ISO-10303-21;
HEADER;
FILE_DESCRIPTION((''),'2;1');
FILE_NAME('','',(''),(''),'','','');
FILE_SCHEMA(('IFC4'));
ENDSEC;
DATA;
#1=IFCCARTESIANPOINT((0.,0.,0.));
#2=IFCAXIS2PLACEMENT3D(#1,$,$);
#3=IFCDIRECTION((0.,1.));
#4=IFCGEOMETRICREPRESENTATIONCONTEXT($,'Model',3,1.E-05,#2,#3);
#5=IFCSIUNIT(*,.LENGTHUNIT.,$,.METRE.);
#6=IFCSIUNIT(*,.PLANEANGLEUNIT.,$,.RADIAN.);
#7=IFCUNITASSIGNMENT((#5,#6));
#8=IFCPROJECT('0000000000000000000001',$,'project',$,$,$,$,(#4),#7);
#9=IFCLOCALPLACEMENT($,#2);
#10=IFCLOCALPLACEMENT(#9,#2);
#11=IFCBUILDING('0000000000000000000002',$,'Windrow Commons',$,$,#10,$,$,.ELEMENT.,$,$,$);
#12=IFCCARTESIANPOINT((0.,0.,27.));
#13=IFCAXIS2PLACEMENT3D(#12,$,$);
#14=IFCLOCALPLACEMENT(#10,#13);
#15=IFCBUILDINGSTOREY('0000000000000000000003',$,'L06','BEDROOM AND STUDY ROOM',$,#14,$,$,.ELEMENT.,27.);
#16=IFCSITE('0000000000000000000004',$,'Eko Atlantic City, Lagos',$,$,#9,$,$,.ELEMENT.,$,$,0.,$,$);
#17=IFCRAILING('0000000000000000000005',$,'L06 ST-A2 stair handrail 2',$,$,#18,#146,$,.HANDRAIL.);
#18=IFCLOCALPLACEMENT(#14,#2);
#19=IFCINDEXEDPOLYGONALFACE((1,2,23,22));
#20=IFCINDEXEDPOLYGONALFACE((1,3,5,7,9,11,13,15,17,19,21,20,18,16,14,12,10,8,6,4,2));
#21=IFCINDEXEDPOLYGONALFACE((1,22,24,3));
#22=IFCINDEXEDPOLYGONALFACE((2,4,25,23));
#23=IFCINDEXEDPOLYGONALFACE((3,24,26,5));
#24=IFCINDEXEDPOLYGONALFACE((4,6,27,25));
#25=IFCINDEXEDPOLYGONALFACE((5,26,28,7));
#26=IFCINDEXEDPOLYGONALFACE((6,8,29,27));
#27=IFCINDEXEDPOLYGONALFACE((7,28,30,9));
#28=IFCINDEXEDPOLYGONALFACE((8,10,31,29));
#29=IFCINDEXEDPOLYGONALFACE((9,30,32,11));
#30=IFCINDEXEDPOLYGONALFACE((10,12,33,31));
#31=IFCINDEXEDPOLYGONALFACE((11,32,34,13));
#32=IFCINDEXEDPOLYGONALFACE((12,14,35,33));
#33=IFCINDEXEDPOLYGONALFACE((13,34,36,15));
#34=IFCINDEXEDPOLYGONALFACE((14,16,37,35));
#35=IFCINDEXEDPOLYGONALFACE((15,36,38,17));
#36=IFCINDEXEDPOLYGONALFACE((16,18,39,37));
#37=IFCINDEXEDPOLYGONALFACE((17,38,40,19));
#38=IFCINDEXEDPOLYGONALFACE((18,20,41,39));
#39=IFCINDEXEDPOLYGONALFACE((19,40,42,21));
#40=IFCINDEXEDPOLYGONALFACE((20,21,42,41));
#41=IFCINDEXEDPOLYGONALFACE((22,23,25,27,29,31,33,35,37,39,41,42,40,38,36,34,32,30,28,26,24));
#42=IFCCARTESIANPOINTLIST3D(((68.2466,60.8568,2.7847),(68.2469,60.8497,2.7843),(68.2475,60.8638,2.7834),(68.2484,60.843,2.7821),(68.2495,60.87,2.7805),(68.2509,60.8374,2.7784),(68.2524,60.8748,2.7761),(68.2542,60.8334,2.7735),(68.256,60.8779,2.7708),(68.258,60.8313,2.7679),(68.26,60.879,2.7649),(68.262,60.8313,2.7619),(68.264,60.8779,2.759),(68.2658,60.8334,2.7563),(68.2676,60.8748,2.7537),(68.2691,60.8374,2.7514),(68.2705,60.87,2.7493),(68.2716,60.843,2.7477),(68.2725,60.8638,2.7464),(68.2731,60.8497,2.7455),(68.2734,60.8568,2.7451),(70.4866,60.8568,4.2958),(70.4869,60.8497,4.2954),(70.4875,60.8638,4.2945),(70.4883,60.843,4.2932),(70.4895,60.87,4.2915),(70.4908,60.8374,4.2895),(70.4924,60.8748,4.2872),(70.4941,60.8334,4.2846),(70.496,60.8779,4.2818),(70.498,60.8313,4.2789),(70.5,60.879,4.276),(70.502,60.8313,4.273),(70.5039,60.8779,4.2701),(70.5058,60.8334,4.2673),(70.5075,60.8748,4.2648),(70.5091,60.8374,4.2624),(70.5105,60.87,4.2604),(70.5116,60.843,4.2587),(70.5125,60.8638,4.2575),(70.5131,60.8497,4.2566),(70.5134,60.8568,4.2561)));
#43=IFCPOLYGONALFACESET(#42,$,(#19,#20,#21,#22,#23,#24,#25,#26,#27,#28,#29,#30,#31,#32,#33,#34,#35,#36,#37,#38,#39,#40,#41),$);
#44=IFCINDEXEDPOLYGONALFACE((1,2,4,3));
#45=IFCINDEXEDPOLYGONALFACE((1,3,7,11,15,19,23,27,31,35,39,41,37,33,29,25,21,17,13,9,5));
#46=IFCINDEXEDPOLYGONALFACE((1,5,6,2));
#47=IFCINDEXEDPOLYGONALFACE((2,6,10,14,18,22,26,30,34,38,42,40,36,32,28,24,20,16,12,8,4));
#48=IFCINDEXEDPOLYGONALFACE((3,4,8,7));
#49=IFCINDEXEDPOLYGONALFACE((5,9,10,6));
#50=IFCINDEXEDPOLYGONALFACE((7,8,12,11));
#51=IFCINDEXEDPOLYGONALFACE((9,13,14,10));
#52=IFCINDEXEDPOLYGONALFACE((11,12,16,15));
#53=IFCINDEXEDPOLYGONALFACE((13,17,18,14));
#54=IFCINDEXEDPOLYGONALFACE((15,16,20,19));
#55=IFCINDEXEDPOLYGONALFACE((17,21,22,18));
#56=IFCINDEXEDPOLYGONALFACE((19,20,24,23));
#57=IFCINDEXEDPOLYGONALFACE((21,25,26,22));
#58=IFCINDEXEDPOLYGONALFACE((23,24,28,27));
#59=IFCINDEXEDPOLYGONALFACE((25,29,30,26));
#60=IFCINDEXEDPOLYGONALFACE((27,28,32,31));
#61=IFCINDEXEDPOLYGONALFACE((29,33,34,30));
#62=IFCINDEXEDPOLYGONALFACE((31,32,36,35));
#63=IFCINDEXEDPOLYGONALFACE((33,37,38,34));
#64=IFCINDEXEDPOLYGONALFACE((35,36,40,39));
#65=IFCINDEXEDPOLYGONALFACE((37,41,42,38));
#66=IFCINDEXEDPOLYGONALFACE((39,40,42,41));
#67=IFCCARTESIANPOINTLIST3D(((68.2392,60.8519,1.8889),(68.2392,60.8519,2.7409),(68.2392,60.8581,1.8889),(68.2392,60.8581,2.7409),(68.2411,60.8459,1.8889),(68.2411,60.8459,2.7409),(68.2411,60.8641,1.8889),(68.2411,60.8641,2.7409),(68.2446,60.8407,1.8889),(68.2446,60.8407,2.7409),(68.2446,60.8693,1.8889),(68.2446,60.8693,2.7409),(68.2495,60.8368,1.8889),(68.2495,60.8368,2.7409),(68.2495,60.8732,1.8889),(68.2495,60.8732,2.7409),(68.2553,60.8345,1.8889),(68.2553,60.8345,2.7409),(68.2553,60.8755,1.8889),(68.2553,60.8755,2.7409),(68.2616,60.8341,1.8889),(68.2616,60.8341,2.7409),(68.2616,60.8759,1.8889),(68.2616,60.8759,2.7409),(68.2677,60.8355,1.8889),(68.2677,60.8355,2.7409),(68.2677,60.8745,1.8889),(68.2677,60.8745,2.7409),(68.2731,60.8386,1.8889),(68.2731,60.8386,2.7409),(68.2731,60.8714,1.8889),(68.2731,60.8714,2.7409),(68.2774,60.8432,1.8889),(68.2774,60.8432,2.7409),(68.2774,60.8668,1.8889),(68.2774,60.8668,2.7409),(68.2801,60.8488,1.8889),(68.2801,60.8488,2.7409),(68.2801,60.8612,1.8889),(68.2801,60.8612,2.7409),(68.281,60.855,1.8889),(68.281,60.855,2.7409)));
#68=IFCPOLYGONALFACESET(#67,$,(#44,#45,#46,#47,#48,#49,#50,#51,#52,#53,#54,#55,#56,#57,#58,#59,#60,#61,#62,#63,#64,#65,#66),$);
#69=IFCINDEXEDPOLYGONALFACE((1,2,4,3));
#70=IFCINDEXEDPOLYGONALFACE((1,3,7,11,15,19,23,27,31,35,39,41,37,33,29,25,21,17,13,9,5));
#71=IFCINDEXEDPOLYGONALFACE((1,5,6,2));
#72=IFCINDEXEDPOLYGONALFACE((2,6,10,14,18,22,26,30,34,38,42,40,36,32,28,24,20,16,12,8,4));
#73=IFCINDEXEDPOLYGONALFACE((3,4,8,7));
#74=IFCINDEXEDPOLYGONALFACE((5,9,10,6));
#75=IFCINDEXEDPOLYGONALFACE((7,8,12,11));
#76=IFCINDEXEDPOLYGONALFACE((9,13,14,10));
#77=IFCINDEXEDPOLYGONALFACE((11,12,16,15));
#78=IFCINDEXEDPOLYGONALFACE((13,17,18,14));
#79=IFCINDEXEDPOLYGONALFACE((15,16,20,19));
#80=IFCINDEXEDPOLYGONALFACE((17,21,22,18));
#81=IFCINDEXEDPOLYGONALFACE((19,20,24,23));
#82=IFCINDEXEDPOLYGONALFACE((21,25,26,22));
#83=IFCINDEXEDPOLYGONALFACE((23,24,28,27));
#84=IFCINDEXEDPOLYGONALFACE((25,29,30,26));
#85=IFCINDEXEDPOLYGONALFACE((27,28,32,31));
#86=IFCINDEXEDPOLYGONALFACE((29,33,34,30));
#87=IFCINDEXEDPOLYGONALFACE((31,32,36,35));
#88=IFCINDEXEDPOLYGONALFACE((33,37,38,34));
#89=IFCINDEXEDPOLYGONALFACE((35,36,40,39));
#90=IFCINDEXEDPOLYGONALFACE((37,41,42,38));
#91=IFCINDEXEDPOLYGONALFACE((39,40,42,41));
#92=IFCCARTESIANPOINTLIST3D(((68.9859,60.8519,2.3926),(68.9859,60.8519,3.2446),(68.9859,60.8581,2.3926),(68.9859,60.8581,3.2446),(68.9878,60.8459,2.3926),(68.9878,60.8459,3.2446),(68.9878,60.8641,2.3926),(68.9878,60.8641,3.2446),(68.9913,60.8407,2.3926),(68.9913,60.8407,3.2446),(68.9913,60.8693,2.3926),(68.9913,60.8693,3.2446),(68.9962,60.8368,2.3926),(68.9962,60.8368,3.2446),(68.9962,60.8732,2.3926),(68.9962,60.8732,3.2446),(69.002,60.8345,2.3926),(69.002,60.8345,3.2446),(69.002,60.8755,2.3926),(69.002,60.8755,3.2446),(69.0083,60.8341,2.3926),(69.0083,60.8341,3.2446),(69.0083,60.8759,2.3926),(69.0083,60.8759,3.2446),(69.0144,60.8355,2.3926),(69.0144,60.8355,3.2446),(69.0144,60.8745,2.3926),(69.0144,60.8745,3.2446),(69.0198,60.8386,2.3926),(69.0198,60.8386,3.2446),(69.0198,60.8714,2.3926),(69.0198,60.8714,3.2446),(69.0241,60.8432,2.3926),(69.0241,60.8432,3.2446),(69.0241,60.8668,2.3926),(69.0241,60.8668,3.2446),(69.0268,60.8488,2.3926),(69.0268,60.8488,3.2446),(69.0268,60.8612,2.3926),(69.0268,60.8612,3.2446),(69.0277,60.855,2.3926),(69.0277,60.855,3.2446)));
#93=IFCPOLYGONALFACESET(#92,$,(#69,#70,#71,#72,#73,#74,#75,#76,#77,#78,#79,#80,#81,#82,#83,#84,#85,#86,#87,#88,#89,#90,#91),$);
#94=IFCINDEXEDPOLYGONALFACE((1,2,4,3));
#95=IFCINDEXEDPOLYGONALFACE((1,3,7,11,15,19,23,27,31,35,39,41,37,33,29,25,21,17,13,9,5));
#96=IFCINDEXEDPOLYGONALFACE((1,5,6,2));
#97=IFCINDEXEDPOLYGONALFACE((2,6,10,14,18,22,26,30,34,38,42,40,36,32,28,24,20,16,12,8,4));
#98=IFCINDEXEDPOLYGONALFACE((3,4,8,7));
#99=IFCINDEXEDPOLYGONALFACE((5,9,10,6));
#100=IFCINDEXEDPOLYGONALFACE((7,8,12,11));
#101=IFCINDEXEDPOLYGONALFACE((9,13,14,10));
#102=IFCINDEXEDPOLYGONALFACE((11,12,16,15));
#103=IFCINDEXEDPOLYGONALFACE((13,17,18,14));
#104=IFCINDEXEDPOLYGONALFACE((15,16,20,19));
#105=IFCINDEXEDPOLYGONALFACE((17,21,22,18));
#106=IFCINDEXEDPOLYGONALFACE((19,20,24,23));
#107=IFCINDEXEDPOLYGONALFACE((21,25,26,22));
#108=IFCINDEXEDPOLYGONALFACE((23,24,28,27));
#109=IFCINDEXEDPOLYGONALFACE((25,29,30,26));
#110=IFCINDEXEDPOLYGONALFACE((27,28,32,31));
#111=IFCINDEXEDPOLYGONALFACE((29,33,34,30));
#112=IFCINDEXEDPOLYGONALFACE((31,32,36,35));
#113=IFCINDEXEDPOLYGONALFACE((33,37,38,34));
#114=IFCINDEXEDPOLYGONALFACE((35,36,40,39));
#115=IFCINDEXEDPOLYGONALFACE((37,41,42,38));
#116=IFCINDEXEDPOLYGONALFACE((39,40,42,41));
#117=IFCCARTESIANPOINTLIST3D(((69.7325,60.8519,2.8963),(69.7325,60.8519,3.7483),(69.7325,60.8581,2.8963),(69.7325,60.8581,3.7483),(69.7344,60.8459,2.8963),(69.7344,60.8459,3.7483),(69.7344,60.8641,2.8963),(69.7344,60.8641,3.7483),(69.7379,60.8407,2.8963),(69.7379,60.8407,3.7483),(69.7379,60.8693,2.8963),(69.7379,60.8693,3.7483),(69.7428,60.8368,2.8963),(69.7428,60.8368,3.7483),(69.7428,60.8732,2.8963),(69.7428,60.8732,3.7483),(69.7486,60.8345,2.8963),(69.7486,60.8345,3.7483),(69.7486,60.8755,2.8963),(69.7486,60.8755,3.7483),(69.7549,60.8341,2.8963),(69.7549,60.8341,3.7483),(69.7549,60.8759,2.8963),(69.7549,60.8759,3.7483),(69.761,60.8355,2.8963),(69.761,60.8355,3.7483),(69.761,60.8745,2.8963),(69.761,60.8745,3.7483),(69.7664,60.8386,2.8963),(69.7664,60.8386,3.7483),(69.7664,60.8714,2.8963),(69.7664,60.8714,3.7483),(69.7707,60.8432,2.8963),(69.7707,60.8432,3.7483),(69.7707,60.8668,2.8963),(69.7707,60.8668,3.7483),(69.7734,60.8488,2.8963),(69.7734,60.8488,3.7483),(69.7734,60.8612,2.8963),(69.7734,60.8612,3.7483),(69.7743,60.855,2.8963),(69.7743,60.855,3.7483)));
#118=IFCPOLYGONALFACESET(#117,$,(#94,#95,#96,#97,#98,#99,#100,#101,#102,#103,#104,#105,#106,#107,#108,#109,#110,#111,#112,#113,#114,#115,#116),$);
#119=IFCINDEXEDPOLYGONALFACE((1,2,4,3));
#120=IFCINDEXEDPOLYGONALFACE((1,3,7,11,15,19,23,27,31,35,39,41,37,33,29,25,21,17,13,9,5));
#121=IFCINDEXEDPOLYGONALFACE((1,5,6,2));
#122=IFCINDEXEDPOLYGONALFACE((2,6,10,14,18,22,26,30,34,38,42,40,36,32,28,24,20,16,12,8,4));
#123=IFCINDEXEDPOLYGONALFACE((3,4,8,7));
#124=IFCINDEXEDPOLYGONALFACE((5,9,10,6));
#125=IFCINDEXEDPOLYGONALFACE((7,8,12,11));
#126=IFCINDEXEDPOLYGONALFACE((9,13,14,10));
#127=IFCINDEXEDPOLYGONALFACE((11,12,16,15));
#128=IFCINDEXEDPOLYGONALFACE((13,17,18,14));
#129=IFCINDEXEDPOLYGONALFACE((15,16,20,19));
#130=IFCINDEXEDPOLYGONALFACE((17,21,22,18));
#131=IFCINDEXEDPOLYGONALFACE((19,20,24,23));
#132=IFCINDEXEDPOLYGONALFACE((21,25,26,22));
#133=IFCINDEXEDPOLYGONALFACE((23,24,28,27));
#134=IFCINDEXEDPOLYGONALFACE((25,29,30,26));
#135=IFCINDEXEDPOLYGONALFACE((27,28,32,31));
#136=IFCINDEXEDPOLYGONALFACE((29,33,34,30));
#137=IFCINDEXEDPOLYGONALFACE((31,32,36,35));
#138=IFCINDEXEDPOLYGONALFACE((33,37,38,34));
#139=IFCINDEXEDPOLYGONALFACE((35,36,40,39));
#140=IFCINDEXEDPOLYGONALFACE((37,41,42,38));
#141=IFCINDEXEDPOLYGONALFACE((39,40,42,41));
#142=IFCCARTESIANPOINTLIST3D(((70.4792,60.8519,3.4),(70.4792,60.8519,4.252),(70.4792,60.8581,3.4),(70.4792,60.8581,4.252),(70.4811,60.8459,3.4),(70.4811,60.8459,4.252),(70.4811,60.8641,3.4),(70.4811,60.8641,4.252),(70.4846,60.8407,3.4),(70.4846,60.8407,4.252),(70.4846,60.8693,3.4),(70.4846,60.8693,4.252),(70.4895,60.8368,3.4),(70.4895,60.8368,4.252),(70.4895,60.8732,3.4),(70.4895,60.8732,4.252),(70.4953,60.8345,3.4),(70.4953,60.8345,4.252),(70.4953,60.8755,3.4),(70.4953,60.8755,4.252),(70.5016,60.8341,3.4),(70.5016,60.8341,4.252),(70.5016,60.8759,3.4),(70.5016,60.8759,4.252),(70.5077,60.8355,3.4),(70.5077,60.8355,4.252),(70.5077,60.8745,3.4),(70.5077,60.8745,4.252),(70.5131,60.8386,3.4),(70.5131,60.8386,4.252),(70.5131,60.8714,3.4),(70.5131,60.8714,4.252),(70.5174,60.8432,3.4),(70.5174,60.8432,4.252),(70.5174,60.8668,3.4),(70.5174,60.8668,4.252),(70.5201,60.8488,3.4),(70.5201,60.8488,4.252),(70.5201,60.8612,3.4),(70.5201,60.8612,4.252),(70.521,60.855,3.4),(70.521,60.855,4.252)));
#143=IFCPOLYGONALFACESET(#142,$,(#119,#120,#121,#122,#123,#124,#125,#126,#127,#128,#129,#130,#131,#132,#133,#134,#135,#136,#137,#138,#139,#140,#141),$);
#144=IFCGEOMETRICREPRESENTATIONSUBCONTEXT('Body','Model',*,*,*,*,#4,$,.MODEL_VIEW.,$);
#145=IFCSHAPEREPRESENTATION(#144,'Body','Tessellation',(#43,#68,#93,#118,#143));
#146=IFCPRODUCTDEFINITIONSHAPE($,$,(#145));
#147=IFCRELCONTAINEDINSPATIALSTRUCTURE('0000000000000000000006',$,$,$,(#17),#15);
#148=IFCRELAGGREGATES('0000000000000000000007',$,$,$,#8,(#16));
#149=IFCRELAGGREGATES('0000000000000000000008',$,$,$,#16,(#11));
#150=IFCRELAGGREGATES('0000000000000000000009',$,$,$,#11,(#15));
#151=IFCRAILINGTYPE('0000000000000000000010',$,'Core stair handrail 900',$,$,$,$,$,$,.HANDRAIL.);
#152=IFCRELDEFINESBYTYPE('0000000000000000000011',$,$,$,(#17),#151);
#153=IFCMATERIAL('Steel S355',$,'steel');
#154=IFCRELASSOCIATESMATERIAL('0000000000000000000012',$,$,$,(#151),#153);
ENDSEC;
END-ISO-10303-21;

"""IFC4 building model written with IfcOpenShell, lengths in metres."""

from ifc_helpers import new_model, si_unit, direction, frame, origin, origin_2d, place, context, subcontext, project, spatial, circle, extrude, material, type_object, element, save


model = new_model("IFC4")

# Units and contexts
model_context = context("Model", 3, precision=1e-05, world=origin(), true_north=direction((0.0, 1.0)))
body_context = subcontext(model_context, "Body", "Model", "MODEL_VIEW")
ifc_project = project(units=[si_unit("LENGTHUNIT", "METRE"), si_unit("PLANEANGLEUNIT", "RADIAN")], contexts=[model_context])

# Site, building, storey
site_placement = place(None, origin())
site = spatial("IfcSite", under=ifc_project, at=site_placement, Name="Eko Atlantic City, Lagos", CompositionType="ELEMENT", RefElevation=0.0)
building_placement = place(site_placement, origin())
building = spatial("IfcBuilding", under=site, at=building_placement, Name="Windrow Commons", CompositionType="ELEMENT")
storey_placement = place(building_placement, frame((0.0, 0.0, 27.0)))
storey = spatial("IfcBuildingStorey", under=building, at=storey_placement, Name="L06", Description="BEDROOM AND STUDY ROOM", CompositionType="ELEMENT", Elevation=27.0)

# Railing
ifc_material_1 = material(Name="Steel S355", Category="steel")
railing_type_1 = type_object("IfcRailingType", Name="Core stair handrail 900", PredefinedType="HANDRAIL", material=ifc_material_1)
railing_1_placement = place(storey_placement, frame((68.26, 60.855, 1.8889)))
element("IfcRailing", 1, at=railing_1_placement, inside=storey, type_object=railing_type_1, Name="L06 ST-A2 stair handrail 2", PredefinedType="HANDRAIL", context=body_context, shape_type="SweptSolid", body=[
    extrude(circle(Radius=0.024, at=origin_2d()), frame((0.0, 0.0, 0.876), z_axis=(0.829003, 0.0, 0.559244), x_axis=(0.0, 1.0, 0.0)), (0.0, 0.0, 1.0), 2.702),
    extrude(circle(Radius=0.021, at=origin_2d()), origin(), (0.0, 0.0, 1.0), 0.852),
    extrude(circle(Radius=0.021, at=origin_2d()), frame((0.7467, 0.0, 0.5037)), (0.0, 0.0, 1.0), 0.852),
    extrude(circle(Radius=0.021, at=origin_2d()), frame((1.4933, 0.0, 1.0074)), (0.0, 0.0, 1.0), 0.852),
    extrude(circle(Radius=0.021, at=origin_2d()), frame((2.24, 0.0, 1.5111)), (0.0, 0.0, 1.0), 0.852),
])

save(model, "model.ifc")
